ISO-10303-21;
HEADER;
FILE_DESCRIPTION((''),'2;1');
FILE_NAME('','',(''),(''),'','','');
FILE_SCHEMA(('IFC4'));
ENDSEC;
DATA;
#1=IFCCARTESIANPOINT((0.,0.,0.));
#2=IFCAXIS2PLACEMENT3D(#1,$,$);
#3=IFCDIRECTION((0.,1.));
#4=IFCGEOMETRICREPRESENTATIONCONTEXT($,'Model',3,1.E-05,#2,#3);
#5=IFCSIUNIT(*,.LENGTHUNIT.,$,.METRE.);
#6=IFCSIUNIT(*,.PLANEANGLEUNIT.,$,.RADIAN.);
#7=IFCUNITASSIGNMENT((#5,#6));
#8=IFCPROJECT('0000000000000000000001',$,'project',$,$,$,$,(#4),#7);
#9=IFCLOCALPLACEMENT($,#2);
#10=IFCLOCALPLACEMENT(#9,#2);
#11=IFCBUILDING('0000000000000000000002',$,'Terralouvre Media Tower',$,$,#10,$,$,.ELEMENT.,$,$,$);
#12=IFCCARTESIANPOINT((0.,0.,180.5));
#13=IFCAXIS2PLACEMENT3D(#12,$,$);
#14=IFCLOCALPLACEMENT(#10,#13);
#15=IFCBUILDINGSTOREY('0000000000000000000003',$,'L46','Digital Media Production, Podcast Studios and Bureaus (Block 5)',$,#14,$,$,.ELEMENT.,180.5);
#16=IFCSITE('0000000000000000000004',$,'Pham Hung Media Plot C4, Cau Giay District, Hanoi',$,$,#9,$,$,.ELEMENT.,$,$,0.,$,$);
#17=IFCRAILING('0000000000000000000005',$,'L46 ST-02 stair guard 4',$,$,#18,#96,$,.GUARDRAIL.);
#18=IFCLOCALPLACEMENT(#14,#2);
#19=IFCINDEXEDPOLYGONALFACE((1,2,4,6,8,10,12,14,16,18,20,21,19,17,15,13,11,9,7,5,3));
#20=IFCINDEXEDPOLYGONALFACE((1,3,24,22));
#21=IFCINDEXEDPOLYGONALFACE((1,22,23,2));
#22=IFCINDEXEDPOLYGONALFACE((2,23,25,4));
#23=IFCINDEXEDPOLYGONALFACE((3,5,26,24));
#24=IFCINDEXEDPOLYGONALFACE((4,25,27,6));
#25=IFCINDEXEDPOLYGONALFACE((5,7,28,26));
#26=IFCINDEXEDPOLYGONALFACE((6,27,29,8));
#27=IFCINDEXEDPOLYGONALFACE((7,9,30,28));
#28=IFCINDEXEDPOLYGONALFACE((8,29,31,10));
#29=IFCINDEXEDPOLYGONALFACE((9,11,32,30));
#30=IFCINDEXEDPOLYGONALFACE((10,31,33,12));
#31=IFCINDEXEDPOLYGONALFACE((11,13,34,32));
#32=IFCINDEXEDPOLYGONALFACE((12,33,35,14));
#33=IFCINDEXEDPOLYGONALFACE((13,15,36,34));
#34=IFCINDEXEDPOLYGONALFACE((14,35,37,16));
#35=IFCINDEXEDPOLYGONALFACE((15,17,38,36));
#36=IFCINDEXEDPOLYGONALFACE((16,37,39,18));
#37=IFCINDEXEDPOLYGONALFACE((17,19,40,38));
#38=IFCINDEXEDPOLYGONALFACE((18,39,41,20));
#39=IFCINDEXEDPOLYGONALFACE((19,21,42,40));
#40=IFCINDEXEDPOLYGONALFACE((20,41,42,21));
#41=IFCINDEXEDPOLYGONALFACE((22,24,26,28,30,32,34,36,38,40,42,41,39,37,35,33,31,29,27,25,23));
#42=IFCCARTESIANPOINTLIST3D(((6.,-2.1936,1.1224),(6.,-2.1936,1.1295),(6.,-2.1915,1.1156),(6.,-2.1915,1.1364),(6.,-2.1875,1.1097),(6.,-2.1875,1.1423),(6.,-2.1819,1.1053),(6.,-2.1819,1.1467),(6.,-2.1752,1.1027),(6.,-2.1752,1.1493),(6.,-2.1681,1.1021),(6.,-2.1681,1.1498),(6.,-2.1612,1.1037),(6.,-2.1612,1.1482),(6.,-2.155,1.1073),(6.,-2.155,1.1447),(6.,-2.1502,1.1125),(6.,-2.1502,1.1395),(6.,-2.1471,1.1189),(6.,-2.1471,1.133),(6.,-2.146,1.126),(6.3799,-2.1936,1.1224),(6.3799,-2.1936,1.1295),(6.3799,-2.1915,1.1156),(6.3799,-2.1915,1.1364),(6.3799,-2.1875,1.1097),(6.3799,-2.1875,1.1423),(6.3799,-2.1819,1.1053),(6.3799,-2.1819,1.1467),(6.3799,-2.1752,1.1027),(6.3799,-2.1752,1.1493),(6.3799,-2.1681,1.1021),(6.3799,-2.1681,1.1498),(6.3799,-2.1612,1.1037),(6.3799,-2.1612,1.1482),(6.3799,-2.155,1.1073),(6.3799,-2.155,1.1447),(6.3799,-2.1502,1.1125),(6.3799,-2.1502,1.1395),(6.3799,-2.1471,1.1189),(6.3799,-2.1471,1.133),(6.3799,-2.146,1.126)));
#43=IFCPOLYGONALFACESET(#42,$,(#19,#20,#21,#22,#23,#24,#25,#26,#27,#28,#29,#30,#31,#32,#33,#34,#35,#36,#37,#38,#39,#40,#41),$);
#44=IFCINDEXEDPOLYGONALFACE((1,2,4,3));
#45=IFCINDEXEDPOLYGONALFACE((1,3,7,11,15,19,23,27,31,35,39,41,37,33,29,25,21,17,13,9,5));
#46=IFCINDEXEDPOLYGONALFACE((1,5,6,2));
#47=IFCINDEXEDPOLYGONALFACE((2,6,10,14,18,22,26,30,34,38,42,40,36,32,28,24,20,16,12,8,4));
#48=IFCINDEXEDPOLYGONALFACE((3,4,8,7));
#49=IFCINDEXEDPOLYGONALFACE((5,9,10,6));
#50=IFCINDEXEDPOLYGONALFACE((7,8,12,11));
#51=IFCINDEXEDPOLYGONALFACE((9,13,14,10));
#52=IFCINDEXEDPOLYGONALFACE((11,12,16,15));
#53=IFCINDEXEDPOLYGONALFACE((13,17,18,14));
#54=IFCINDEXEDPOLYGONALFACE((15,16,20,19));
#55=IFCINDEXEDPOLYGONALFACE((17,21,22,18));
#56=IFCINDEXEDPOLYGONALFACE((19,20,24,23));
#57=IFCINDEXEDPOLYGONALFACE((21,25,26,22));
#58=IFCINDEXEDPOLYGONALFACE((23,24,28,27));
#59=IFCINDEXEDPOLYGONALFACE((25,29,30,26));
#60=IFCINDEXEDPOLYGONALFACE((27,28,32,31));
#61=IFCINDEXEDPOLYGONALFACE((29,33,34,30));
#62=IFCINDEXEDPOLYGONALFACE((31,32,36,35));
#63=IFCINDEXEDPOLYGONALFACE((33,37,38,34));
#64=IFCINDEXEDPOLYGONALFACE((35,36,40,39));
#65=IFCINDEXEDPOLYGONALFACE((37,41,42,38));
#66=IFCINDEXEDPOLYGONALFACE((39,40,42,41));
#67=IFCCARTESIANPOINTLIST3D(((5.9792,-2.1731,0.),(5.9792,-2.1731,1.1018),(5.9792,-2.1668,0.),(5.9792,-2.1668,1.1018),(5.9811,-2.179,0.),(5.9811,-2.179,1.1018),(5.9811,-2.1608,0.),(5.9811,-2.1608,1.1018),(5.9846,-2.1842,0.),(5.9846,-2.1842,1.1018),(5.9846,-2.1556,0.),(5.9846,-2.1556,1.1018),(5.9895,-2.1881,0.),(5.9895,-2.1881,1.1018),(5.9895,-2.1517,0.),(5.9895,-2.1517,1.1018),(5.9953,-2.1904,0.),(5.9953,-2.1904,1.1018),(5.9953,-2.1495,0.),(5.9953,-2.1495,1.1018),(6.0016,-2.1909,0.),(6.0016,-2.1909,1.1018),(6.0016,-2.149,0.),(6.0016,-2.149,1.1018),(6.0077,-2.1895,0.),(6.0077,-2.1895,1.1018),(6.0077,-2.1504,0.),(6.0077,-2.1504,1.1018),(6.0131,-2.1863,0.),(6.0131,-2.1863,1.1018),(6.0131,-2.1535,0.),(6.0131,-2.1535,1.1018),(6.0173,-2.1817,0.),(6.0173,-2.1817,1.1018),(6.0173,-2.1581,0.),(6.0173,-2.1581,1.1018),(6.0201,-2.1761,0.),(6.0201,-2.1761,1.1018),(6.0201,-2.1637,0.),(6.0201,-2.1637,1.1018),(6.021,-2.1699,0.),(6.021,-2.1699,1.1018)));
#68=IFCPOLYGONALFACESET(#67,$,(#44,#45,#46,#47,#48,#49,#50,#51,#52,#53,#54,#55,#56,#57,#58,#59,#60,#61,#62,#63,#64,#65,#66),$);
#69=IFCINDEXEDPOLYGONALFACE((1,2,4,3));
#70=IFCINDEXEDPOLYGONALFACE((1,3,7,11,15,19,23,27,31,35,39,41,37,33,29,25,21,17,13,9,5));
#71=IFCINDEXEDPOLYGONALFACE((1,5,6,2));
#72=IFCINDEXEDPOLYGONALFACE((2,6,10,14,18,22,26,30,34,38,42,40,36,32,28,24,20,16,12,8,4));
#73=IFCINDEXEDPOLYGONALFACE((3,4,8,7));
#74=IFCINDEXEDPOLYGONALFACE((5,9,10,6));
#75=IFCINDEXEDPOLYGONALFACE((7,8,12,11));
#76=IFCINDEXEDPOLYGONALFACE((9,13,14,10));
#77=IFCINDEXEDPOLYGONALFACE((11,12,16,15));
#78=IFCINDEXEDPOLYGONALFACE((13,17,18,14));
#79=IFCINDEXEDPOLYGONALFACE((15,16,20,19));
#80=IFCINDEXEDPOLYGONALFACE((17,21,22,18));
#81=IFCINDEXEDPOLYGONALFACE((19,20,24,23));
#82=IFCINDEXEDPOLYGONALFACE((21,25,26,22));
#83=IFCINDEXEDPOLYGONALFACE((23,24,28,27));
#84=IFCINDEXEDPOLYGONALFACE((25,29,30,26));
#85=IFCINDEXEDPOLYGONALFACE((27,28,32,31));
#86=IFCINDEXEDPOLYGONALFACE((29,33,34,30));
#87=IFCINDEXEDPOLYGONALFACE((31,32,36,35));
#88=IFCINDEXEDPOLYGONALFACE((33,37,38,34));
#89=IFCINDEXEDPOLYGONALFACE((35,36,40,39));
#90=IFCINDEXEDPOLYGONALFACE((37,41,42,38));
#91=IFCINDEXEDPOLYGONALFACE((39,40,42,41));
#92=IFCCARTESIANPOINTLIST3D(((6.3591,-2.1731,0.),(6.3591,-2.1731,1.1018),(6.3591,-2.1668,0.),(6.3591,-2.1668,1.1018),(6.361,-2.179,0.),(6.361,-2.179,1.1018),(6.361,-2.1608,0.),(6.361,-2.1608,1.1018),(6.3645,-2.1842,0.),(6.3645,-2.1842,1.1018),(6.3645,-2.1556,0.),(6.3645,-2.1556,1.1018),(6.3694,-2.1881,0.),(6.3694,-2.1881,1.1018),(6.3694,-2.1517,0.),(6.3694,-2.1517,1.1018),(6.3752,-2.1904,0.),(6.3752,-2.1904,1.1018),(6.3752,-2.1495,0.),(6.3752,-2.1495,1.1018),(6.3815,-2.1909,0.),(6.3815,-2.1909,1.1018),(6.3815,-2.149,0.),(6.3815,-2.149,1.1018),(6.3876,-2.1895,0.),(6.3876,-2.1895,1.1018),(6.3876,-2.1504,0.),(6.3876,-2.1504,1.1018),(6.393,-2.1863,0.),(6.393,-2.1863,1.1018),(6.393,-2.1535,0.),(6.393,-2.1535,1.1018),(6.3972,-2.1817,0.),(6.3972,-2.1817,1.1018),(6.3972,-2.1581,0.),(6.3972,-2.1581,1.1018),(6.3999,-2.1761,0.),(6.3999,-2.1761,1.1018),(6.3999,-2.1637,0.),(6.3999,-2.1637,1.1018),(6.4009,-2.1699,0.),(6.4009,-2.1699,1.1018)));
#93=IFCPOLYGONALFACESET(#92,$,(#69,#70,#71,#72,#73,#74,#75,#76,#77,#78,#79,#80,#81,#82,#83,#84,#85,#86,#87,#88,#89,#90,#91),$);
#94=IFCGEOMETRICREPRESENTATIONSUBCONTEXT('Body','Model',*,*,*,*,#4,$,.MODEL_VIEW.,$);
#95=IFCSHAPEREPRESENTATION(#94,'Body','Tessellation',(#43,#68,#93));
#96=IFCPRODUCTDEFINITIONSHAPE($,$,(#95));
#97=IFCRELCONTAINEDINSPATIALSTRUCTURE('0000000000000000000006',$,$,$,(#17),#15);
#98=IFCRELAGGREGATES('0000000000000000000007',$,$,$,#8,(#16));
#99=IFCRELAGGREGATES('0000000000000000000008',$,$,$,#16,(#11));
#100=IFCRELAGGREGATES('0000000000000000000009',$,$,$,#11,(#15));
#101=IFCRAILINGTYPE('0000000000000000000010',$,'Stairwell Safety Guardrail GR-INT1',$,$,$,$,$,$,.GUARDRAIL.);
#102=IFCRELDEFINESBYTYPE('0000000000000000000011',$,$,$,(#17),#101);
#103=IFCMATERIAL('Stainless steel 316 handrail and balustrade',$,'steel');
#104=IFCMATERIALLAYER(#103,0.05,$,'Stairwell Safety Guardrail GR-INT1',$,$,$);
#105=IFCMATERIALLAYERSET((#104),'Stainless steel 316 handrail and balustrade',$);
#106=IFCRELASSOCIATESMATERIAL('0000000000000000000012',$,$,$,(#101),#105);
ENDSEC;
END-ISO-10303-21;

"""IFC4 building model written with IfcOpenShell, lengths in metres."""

from ifc_helpers import new_model, si_unit, direction, frame, origin, origin_2d, place, context, subcontext, project, spatial, circle, extrude, material, layer, layer_set, type_object, element, save


model = new_model("IFC4")

# Units and contexts
model_context = context("Model", 3, precision=1e-05, world=origin(), true_north=direction((0.0, 1.0)))
body_context = subcontext(model_context, "Body", "Model", "MODEL_VIEW")
ifc_project = project(units=[si_unit("LENGTHUNIT", "METRE"), si_unit("PLANEANGLEUNIT", "RADIAN")], contexts=[model_context])

# Site, building, storey
site_placement = place(None, origin())
site = spatial("IfcSite", under=ifc_project, at=site_placement, Name="Pham Hung Media Plot C4, Cau Giay District, Hanoi", CompositionType="ELEMENT", RefElevation=0.0)
building_placement = place(site_placement, origin())
building = spatial("IfcBuilding", under=site, at=building_placement, Name="Terralouvre Media Tower", CompositionType="ELEMENT")
storey_placement = place(building_placement, frame((0.0, 0.0, 180.5)))
storey = spatial("IfcBuildingStorey", under=building, at=storey_placement, Name="L46", Description="Digital Media Production, Podcast Studios and Bureaus (Block 5)", CompositionType="ELEMENT", Elevation=180.5)

# Railing
ifc_material_1 = material(Name="Stainless steel 316 handrail and balustrade", Category="steel")
ifc_layer_1 = layer(ifc_material_1, 0.05, Name="Stairwell Safety Guardrail GR-INT1")
ifc_layer_set_1 = layer_set([ifc_layer_1], Name="Stainless steel 316 handrail and balustrade")
railing_type_1 = type_object("IfcRailingType", Name="Stairwell Safety Guardrail GR-INT1", PredefinedType="GUARDRAIL", material=ifc_layer_set_1)
railing_1_placement = place(storey_placement, frame((6.0, -2.1699, 0.0)))
element("IfcRailing", 1, at=railing_1_placement, inside=storey, type_object=railing_type_1, Name="L46 ST-02 stair guard 4", PredefinedType="GUARDRAIL", context=body_context, shape_type="SweptSolid", body=[
    extrude(circle(Radius=0.0239, at=origin_2d()), frame((0.0, 0.0, 1.126), z_axis=(1.0, 0.0, 0.0), x_axis=(0.0, 1.0, 0.0)), (0.0, 0.0, 1.0), 0.3799),
    extrude(circle(Radius=0.021, at=origin_2d()), origin(), (0.0, 0.0, 1.0), 1.1018),
    extrude(circle(Radius=0.021, at=origin_2d()), frame((0.3799, 0.0, 0.0)), (0.0, 0.0, 1.0), 1.1018),
])

save(model, "model.ifc")
